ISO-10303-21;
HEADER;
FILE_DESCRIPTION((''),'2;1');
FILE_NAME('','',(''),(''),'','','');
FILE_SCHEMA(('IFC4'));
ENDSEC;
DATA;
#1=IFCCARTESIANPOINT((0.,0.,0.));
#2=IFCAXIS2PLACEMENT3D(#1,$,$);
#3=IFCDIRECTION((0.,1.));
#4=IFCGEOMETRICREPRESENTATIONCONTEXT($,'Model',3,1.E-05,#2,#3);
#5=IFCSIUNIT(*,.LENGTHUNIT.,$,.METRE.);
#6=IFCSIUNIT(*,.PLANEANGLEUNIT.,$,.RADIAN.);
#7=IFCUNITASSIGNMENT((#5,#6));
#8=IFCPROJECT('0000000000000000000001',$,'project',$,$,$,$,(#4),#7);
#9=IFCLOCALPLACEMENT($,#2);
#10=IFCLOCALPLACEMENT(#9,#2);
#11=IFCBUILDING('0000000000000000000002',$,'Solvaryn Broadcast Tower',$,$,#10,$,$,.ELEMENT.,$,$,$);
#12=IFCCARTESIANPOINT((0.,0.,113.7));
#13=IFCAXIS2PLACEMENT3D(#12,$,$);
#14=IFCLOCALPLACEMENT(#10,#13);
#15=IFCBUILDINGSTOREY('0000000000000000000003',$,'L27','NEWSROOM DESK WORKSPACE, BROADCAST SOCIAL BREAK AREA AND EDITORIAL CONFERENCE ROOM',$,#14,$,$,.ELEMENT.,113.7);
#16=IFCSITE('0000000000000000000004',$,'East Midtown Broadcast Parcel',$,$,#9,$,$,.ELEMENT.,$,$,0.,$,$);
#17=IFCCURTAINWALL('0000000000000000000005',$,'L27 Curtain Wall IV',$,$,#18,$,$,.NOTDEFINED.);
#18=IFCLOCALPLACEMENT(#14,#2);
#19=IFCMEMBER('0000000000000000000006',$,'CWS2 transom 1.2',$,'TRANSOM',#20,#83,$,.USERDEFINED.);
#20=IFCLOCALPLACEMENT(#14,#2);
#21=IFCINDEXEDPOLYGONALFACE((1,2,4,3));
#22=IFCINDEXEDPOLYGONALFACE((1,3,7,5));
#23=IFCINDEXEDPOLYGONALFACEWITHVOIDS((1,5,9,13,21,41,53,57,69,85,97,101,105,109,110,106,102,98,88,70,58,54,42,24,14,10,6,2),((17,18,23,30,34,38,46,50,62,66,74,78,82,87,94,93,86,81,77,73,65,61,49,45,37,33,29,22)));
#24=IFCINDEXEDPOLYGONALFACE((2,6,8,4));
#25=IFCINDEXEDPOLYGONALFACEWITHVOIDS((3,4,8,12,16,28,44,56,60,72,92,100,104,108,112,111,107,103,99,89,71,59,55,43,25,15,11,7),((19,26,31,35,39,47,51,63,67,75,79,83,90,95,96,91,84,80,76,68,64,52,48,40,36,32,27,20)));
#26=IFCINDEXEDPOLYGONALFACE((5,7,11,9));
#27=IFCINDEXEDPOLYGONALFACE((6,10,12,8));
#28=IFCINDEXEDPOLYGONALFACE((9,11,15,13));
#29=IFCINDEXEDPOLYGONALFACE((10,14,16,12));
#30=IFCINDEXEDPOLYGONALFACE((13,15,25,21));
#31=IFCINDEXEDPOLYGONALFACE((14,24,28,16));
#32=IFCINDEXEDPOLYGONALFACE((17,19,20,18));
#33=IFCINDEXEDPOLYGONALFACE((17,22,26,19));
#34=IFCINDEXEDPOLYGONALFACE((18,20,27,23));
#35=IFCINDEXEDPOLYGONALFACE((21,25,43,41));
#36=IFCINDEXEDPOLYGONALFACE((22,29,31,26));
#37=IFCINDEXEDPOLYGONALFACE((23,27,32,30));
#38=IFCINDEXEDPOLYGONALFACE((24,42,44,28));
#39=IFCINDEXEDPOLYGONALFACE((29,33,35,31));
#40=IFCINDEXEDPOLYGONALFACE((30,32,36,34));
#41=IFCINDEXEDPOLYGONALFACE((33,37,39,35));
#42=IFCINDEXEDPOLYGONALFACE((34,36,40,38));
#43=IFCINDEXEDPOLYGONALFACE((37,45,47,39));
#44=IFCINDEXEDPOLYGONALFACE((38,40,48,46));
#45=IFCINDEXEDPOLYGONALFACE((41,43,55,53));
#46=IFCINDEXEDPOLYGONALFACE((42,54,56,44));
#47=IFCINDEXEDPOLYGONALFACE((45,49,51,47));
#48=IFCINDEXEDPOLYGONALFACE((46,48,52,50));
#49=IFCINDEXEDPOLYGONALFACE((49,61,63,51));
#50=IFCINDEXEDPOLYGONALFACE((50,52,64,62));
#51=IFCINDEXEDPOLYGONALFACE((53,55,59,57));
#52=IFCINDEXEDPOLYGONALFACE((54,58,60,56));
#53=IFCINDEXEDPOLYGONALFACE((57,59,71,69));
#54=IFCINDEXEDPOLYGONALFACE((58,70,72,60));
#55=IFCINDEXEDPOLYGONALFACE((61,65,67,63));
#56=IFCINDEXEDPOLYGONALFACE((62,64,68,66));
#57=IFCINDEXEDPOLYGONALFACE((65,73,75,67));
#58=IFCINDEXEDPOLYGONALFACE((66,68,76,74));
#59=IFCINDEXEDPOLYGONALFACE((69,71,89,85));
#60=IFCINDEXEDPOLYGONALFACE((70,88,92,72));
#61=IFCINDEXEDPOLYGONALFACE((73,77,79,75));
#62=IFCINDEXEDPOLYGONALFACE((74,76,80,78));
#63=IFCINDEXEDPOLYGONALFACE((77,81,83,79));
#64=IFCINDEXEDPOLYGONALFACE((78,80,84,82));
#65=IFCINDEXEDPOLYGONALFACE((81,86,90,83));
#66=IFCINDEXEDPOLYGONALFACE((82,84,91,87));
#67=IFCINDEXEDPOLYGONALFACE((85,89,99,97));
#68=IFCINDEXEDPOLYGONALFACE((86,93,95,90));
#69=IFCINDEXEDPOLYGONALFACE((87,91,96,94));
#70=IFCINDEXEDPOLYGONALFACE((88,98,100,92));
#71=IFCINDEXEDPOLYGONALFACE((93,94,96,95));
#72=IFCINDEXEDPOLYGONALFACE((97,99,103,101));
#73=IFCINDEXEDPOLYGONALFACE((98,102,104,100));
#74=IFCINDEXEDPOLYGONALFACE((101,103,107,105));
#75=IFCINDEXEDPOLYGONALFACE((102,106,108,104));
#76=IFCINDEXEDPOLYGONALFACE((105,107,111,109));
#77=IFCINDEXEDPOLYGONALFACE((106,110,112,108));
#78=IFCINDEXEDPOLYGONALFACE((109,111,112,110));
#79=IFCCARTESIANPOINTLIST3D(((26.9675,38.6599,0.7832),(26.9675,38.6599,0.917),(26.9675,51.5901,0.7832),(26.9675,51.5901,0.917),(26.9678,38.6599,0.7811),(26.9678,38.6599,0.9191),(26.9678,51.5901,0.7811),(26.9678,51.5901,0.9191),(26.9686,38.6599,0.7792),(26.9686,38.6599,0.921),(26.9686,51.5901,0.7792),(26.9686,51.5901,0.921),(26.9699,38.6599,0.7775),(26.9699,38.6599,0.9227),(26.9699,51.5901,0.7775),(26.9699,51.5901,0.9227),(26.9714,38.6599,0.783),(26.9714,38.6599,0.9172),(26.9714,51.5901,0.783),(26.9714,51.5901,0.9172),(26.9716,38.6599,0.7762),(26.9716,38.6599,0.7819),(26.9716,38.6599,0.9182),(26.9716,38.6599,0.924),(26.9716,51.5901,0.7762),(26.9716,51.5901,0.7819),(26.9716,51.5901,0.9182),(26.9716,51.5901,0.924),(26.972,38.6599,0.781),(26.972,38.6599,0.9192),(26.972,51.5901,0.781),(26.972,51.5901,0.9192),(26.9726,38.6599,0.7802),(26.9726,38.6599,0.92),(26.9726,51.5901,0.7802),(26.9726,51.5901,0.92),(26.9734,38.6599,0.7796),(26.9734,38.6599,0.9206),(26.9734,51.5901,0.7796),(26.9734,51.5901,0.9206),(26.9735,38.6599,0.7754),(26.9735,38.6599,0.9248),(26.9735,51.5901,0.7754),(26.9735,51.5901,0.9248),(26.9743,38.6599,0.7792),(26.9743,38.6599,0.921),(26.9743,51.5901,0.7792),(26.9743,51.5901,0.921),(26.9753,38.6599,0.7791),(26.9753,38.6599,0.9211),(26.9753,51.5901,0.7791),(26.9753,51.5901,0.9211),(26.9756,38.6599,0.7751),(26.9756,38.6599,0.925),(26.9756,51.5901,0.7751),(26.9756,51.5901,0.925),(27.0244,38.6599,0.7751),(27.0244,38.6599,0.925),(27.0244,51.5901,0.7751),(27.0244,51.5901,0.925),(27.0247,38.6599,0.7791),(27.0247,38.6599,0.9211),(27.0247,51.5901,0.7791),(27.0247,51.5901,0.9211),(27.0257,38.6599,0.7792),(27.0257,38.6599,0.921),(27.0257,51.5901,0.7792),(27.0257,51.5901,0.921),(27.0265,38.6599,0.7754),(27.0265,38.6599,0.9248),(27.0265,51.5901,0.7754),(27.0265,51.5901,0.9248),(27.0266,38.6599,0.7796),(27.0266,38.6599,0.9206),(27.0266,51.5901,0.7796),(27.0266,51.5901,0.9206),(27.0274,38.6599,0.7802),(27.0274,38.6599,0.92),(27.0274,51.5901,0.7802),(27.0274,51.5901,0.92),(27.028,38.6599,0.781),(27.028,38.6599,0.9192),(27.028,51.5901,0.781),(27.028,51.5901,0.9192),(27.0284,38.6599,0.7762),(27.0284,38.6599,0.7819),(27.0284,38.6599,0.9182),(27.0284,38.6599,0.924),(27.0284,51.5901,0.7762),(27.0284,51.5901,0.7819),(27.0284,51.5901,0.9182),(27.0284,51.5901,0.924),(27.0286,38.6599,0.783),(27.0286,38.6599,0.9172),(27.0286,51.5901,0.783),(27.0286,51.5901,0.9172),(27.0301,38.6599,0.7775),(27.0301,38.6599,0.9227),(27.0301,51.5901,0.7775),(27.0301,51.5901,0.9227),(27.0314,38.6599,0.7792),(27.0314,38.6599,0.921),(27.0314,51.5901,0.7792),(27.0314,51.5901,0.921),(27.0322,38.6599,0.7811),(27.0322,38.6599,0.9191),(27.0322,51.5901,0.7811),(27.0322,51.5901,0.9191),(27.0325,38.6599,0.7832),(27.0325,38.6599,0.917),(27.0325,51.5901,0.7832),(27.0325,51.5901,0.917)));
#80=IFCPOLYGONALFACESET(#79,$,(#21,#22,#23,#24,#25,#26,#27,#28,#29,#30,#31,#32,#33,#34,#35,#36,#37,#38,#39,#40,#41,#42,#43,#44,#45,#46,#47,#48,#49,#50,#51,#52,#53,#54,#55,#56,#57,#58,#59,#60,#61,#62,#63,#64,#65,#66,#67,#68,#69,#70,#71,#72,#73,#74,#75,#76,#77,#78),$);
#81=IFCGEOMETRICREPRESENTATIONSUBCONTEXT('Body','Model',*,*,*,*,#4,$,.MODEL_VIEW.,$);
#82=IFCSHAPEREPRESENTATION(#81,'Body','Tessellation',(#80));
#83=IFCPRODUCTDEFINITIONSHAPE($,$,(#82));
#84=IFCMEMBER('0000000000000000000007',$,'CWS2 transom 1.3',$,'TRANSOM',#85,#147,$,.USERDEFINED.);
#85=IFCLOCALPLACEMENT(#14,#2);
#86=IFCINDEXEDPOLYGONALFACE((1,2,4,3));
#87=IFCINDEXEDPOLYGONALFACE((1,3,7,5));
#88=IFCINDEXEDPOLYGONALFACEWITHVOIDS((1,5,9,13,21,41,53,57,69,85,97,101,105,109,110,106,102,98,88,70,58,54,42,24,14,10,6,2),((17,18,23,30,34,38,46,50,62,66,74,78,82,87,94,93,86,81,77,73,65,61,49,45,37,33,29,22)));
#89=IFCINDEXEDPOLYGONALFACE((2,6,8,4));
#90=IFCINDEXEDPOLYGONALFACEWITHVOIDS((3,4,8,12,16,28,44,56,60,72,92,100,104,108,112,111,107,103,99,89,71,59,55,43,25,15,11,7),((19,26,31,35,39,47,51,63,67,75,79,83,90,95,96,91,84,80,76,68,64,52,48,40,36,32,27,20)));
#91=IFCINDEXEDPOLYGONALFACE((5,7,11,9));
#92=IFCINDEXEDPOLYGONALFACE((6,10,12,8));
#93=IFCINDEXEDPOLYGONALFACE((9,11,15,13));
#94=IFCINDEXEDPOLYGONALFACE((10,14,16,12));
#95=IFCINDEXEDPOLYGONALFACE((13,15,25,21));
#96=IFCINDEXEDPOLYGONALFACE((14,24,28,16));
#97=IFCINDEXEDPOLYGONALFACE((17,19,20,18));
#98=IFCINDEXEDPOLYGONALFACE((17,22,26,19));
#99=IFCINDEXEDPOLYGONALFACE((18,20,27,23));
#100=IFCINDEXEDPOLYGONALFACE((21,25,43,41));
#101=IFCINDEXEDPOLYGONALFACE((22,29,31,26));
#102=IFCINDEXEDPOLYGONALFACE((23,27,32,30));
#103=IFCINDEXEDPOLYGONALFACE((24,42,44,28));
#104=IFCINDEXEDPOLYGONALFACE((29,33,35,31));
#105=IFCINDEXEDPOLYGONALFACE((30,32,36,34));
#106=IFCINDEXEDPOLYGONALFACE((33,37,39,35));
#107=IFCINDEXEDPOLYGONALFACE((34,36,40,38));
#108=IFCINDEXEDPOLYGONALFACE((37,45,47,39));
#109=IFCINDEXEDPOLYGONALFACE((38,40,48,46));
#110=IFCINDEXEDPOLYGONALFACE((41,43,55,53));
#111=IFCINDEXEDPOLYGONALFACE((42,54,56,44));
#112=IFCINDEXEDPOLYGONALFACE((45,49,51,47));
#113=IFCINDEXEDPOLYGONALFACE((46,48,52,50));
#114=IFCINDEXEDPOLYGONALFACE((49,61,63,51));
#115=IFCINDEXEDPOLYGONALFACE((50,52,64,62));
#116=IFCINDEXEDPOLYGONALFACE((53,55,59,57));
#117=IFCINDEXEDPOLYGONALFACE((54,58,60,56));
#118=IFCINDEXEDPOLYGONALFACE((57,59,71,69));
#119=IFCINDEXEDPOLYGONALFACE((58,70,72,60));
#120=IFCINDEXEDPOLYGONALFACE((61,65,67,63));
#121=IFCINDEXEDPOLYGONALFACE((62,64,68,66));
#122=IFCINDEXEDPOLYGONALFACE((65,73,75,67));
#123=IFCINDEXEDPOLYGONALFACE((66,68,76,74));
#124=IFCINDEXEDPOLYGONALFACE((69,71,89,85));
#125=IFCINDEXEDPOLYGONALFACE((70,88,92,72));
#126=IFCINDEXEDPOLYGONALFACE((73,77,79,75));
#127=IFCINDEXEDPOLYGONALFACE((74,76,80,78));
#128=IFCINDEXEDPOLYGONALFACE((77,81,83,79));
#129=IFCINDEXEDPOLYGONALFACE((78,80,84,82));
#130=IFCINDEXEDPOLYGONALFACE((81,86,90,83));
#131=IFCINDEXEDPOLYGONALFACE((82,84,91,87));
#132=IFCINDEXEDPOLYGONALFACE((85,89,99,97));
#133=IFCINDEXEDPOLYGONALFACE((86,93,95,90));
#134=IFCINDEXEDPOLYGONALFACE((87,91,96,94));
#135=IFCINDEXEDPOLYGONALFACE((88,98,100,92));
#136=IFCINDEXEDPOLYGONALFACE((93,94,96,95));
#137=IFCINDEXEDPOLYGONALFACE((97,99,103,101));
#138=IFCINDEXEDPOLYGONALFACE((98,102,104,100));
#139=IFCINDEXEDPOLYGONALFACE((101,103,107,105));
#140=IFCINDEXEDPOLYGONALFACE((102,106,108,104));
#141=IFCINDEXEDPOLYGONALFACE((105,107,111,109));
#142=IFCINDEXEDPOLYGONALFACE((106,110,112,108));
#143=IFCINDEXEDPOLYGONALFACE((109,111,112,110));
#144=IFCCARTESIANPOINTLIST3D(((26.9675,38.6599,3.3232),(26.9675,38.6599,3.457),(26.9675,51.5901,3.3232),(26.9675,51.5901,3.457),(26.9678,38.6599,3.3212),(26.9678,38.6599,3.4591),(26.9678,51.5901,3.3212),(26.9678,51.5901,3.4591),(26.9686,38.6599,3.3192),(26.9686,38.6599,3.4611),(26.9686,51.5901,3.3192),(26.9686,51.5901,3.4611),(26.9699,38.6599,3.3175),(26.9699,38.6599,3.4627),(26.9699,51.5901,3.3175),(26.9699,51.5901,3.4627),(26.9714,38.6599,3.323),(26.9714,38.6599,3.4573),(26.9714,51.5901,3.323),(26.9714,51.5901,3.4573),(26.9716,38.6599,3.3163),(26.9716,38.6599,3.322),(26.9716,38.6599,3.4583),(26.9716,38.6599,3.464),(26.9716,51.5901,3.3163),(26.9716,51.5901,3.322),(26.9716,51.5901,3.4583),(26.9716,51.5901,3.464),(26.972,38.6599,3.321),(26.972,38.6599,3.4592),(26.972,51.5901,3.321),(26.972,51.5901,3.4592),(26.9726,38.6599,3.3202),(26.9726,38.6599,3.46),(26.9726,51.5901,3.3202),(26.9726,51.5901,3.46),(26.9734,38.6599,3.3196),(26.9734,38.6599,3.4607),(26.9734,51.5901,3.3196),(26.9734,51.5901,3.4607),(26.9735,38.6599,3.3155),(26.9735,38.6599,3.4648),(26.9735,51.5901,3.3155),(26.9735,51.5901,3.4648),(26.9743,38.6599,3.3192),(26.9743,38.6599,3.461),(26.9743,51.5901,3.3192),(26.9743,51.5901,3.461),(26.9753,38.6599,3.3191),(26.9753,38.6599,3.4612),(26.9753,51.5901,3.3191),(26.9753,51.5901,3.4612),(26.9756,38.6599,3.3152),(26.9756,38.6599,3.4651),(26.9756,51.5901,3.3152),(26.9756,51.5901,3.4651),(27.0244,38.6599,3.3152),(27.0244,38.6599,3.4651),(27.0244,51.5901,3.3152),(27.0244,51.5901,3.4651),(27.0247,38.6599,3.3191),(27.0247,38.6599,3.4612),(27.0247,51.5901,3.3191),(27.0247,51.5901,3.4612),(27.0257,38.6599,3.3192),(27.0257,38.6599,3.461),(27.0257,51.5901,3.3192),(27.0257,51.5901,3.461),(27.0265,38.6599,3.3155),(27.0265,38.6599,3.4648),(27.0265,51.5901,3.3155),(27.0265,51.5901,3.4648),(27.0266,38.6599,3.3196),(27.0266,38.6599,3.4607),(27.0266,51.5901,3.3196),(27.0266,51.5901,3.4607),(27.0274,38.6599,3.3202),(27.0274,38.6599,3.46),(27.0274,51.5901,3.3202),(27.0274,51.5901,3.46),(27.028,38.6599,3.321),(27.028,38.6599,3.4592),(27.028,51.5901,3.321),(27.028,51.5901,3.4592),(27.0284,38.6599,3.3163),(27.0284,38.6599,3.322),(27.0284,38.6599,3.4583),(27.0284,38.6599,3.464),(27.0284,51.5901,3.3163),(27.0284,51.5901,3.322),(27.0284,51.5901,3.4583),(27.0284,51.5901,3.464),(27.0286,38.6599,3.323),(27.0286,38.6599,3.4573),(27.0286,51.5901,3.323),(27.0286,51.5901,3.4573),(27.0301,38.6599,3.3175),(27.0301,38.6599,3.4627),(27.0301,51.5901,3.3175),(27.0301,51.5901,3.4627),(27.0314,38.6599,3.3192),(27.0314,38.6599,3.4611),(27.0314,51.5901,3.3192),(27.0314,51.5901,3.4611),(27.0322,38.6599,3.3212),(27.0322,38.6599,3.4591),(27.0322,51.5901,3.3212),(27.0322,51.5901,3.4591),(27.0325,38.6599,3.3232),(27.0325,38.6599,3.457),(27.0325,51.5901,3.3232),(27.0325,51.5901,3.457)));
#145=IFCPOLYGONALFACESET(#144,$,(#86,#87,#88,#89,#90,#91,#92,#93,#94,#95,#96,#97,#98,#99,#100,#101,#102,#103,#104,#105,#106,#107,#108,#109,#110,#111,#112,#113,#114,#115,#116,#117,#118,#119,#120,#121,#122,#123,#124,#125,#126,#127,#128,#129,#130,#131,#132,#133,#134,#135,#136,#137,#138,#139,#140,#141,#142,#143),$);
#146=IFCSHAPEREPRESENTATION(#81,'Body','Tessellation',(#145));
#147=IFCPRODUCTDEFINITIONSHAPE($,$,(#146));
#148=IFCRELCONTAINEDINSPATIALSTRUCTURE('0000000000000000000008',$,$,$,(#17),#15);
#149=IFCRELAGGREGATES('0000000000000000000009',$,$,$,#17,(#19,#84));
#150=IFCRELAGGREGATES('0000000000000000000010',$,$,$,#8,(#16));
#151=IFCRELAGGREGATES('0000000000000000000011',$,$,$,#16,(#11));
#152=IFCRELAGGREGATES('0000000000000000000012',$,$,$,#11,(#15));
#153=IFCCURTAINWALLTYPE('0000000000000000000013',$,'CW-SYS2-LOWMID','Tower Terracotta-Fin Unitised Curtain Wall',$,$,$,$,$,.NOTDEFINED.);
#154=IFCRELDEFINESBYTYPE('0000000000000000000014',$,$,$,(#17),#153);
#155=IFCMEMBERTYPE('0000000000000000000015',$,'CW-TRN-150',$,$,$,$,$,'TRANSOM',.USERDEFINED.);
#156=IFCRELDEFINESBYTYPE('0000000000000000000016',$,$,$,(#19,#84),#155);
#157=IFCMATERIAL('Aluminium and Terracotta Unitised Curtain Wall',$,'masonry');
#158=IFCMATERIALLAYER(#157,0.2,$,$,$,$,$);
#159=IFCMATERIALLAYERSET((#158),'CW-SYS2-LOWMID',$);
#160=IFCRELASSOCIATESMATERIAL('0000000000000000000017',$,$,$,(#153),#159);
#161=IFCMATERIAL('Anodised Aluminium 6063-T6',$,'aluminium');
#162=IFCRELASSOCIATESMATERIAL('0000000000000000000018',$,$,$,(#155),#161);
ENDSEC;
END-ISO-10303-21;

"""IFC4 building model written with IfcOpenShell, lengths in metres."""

from ifc_helpers import new_model, si_unit, direction, frame, origin, origin_2d, place, context, subcontext, project, spatial, hollow_rectangle, extrude, material, layer, layer_set, material_profile, profile_set, type_object, element, aggregate, save


model = new_model("IFC4")

# Units and contexts
model_context = context("Model", 3, precision=1e-05, world=origin(), true_north=direction((0.0, 1.0)))
body_context = subcontext(model_context, "Body", "Model", "MODEL_VIEW")
ifc_project = project(units=[si_unit("LENGTHUNIT", "METRE"), si_unit("PLANEANGLEUNIT", "RADIAN")], contexts=[model_context])

# Site, building, storey
site_placement = place(None, origin())
site = spatial("IfcSite", under=ifc_project, at=site_placement, Name="East Midtown Broadcast Parcel", CompositionType="ELEMENT", RefElevation=0.0)
building_placement = place(site_placement, origin())
building = spatial("IfcBuilding", under=site, at=building_placement, Name="Solvaryn Broadcast Tower", CompositionType="ELEMENT")
storey_placement = place(building_placement, frame((0.0, 0.0, 113.7)))
storey = spatial("IfcBuildingStorey", under=building, at=storey_placement, Name="L27", Description="NEWSROOM DESK WORKSPACE, BROADCAST SOCIAL BREAK AREA AND EDITORIAL CONFERENCE ROOM", CompositionType="ELEMENT", Elevation=113.7)

# Curtain wall
ifc_material_1 = material(Name="Aluminium and Terracotta Unitised Curtain Wall", Category="masonry")
ifc_layer_1 = layer(ifc_material_1, 0.2)
ifc_layer_set_1 = layer_set([ifc_layer_1], Name="CW-SYS2-LOWMID")
curtain_wall_type = type_object("IfcCurtainWallType", Name="CW-SYS2-LOWMID", Description="Tower Terracotta-Fin Unitised Curtain Wall", PredefinedType="NOTDEFINED", material=ifc_layer_set_1)
curtain_wall_1_placement = place(storey_placement, origin())
curtain_wall_1 = element("IfcCurtainWall", 1, at=curtain_wall_1_placement, inside=storey, type_object=curtain_wall_type, Name="L27 Curtain Wall IV", PredefinedType="NOTDEFINED")

# Members
ifc_material_2 = material(Name="Anodised Aluminium 6063-T6", Category="aluminium")
ifc_material_profile_1 = material_profile(ifc_material_2, hollow_rectangle(XDim=0.0649, YDim=0.1499, WallThickness=0.0039, InnerFilletRadius=0.0039, OuterFilletRadius=0.0081, at=origin_2d()))
ifc_profile_set_1 = profile_set([ifc_material_profile_1], Name="Anodised Aluminium 6063-T6")
member_type_1 = type_object("IfcMemberType", Name="CW-TRN-150", ElementType="TRANSOM", PredefinedType="USERDEFINED", material=ifc_profile_set_1)
member_1_placement = place(storey_placement, frame((27.0, 51.5901, 0.8501), z_axis=(0.0, -1.0, 0.0), x_axis=(1.0, 0.0, 0.0)))
member_1 = element("IfcMember", 2, at=member_1_placement, type_object=member_type_1, Name="CWS2 transom 1.2", ObjectType="TRANSOM", PredefinedType="USERDEFINED", context=body_context, shape_type="SweptSolid", body=[
    extrude(hollow_rectangle(XDim=0.0649, YDim=0.1499, WallThickness=0.0039, InnerFilletRadius=0.0039, OuterFilletRadius=0.0081, at=origin_2d()), origin(), (0.0, 0.0, 1.0), 12.9302),
])
member_2_placement = place(storey_placement, frame((27.0, 51.5901, 3.3901), z_axis=(0.0, -1.0, 0.0), x_axis=(1.0, 0.0, 0.0)))
member_2 = element("IfcMember", 3, at=member_2_placement, type_object=member_type_1, Name="CWS2 transom 1.3", ObjectType="TRANSOM", PredefinedType="USERDEFINED", context=body_context, shape_type="SweptSolid", body=[
    extrude(hollow_rectangle(XDim=0.0649, YDim=0.1499, WallThickness=0.0039, InnerFilletRadius=0.0039, OuterFilletRadius=0.0081, at=origin_2d()), origin(), (0.0, 0.0, 1.0), 12.9302),
])

aggregate(curtain_wall_1, [member_1, member_2])

save(model, "model.ifc")
